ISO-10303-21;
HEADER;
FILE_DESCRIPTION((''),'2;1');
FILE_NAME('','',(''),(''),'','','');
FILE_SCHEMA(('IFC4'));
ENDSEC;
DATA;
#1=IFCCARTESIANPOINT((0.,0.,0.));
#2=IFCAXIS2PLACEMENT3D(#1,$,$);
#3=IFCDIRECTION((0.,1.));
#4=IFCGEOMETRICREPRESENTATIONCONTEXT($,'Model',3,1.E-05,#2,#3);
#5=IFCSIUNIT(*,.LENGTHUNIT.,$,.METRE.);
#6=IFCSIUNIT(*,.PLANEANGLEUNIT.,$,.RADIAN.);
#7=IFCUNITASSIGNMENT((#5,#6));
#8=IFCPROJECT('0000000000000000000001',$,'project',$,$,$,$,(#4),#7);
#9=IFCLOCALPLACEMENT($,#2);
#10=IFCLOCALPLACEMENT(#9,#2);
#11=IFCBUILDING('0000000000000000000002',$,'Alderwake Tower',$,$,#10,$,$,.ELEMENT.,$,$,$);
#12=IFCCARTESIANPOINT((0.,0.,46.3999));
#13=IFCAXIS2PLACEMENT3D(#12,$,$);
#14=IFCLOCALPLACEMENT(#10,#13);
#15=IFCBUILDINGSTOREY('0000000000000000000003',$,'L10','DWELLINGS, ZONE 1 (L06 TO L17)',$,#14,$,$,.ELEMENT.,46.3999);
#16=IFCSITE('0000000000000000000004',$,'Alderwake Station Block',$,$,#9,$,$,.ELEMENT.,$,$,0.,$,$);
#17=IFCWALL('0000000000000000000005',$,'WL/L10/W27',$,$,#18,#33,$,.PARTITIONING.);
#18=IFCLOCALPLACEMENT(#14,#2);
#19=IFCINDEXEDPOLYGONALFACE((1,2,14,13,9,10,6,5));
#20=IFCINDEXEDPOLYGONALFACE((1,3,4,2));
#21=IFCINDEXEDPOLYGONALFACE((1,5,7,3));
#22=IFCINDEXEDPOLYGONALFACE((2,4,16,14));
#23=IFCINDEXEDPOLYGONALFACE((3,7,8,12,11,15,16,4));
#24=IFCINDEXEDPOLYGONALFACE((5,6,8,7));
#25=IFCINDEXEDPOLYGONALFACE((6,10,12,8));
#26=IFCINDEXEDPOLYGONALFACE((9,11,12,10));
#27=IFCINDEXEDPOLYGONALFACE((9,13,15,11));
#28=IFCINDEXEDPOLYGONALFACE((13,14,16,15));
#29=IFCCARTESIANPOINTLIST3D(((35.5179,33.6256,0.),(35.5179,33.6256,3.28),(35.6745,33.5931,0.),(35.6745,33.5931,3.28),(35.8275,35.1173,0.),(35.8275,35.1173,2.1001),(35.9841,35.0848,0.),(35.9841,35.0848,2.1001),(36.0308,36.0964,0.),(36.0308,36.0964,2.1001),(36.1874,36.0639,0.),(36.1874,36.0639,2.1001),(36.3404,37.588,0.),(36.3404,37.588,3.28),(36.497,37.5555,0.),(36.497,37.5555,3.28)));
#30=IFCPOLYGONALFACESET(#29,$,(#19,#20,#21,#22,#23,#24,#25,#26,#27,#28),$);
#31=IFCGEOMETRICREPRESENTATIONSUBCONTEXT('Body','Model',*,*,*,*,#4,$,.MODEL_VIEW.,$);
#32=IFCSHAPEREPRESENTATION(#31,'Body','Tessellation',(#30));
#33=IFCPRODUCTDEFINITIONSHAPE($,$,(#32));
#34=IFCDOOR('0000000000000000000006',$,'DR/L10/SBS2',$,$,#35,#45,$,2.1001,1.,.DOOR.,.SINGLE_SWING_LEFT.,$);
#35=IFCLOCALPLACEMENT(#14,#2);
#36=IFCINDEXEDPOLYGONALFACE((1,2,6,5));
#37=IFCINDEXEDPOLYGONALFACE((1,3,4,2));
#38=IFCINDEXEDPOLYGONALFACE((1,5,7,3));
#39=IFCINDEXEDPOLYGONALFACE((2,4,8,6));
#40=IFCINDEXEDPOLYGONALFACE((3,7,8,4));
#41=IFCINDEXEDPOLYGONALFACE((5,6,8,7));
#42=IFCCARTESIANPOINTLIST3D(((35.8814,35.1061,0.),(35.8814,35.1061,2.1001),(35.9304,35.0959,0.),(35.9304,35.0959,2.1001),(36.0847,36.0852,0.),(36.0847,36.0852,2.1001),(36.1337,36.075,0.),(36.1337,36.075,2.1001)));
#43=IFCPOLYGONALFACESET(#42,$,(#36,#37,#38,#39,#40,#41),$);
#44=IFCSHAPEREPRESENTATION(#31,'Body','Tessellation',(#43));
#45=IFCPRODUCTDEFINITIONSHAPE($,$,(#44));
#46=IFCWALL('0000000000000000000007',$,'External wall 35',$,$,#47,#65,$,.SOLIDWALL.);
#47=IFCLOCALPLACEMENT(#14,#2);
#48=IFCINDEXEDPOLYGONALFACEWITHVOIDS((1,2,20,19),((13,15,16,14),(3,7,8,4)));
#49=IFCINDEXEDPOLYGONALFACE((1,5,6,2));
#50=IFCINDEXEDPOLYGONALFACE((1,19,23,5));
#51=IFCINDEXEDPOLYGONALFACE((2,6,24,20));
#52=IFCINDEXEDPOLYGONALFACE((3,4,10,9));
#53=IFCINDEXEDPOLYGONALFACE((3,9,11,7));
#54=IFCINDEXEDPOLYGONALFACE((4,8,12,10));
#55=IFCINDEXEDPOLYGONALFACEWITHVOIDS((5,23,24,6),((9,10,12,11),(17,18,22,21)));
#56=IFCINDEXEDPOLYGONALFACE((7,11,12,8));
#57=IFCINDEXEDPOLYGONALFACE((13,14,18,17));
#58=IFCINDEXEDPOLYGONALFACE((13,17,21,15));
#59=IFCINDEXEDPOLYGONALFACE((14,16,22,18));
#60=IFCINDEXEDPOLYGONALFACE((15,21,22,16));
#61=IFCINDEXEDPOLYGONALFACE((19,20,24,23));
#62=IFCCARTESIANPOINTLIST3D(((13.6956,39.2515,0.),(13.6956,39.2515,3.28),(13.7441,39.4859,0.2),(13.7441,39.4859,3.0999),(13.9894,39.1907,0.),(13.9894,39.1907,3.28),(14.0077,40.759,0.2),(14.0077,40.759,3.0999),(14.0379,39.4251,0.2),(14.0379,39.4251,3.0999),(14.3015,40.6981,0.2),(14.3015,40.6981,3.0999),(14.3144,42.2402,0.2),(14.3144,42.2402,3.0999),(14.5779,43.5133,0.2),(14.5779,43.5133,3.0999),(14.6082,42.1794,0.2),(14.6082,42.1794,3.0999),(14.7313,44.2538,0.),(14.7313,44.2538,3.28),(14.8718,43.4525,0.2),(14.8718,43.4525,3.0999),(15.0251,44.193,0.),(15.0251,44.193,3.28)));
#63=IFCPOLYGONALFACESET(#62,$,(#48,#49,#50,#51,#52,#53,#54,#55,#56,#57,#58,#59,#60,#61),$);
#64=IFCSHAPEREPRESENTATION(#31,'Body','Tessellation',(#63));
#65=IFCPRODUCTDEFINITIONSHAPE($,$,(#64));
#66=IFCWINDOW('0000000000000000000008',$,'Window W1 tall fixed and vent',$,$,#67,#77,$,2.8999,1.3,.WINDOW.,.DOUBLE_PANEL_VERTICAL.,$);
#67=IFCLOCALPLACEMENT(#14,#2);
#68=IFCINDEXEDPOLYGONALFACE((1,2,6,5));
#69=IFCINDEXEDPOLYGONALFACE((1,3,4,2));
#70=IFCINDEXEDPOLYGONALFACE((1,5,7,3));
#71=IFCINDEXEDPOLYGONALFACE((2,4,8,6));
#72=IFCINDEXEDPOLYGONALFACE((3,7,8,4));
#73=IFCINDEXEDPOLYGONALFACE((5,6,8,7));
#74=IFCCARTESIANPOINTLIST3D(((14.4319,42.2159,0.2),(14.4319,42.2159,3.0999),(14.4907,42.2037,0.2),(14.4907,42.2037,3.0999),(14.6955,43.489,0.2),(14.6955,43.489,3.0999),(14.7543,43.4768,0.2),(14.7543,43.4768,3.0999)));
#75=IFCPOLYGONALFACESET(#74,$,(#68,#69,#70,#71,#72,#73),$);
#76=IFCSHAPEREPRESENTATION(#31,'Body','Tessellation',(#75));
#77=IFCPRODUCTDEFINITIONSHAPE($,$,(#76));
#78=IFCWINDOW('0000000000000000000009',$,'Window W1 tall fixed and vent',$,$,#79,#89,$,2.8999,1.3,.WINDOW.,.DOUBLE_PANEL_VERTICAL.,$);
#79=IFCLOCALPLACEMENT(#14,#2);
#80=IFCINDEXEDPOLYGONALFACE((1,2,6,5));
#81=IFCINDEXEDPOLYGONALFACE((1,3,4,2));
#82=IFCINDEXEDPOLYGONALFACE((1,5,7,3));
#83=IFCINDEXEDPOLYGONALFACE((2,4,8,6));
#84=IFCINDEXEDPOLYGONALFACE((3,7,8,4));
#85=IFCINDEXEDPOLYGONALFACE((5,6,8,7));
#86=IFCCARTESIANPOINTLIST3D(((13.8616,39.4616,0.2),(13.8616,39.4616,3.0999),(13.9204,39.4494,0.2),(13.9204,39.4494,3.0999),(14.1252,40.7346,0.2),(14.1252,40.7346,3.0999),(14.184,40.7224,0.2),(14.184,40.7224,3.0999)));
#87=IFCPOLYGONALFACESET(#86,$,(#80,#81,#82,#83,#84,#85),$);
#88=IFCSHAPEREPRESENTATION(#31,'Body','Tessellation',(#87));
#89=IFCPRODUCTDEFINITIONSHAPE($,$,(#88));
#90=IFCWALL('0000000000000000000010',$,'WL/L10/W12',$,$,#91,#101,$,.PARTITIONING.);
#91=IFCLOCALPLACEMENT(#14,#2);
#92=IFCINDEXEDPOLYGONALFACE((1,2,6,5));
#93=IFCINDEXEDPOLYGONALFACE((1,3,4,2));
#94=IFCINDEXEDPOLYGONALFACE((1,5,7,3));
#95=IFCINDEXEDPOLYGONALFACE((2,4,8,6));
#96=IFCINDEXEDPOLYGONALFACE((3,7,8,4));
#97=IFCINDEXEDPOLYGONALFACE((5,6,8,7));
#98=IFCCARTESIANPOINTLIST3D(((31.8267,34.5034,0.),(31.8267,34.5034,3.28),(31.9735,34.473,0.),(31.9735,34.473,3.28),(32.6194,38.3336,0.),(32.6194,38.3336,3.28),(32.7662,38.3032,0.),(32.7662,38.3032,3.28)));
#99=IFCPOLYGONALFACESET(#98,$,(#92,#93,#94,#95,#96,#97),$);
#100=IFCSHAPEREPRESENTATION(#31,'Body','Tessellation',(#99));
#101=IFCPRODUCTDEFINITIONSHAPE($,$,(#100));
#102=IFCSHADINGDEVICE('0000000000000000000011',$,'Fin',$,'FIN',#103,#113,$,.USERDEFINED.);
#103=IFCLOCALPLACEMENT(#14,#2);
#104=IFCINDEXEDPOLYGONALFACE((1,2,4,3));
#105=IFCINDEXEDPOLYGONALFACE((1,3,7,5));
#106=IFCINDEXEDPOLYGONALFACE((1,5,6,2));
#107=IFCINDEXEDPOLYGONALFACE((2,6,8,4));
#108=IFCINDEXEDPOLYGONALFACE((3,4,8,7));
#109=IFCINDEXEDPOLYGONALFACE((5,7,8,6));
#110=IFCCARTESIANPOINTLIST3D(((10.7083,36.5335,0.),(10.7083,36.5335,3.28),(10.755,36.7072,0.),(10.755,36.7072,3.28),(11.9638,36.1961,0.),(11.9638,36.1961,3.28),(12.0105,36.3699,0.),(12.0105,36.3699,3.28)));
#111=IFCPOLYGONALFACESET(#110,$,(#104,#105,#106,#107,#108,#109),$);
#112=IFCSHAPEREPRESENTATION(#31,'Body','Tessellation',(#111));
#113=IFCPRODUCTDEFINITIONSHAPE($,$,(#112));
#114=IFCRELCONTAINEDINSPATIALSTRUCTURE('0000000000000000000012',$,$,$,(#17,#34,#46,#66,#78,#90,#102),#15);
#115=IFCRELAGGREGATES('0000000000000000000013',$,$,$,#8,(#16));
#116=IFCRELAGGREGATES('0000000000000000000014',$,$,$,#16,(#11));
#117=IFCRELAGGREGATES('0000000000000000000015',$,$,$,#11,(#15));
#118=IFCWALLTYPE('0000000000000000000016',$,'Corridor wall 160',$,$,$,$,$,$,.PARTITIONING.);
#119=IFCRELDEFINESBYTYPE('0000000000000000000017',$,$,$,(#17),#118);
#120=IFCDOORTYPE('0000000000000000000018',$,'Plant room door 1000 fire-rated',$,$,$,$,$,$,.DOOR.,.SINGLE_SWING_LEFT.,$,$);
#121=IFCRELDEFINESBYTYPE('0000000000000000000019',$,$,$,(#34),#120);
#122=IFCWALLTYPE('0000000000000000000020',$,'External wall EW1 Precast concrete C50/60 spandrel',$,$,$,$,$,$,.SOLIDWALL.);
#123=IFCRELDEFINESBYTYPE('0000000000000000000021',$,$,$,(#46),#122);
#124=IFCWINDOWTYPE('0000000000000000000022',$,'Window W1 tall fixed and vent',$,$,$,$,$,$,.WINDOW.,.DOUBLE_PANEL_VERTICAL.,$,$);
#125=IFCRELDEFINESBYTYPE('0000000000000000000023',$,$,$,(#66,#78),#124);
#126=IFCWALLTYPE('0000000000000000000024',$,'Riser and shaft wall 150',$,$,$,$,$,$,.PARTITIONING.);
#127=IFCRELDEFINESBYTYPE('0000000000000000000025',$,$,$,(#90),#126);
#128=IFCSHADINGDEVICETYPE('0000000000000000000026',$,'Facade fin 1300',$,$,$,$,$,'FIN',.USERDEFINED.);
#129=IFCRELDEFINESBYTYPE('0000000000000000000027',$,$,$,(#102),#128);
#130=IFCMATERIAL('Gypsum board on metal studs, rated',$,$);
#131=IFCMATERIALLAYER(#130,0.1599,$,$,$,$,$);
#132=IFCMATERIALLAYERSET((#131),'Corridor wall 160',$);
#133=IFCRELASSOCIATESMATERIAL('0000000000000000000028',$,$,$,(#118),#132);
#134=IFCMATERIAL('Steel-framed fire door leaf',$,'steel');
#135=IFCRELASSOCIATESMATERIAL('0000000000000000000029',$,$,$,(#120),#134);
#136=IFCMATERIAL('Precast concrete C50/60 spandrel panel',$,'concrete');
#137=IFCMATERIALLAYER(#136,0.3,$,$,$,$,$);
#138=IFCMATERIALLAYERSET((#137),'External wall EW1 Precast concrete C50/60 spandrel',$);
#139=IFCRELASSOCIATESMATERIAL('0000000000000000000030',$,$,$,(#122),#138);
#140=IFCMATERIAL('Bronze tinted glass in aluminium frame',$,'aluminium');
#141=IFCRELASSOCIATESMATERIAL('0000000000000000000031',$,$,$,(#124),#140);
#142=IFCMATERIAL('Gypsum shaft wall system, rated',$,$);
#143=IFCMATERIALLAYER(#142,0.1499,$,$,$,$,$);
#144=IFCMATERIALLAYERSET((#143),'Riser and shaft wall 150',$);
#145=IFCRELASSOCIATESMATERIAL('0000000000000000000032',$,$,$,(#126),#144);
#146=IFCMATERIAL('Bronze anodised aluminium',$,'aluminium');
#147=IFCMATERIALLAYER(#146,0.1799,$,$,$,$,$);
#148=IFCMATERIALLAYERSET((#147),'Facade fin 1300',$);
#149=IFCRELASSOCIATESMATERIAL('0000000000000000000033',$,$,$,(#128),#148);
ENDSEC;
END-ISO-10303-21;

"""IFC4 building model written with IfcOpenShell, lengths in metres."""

from ifc_helpers import new_model, si_unit, direction, frame, frame_2d, origin, origin_2d, place, context, subcontext, project, spatial, rectangle, extrude, material, layer, layer_set, type_object, element, fill, save


model = new_model("IFC4")

# Units and contexts
model_context = context("Model", 3, precision=1e-05, world=origin(), true_north=direction((0.0, 1.0)))
body_context = subcontext(model_context, "Body", "Model", "MODEL_VIEW")
ifc_project = project(units=[si_unit("LENGTHUNIT", "METRE"), si_unit("PLANEANGLEUNIT", "RADIAN")], contexts=[model_context])

# Site, building, storey
site_placement = place(None, origin())
site = spatial("IfcSite", under=ifc_project, at=site_placement, Name="Alderwake Station Block", CompositionType="ELEMENT", RefElevation=0.0)
building_placement = place(site_placement, origin())
building = spatial("IfcBuilding", under=site, at=building_placement, Name="Alderwake Tower", CompositionType="ELEMENT")
storey_placement = place(building_placement, frame((0.0, 0.0, 46.3999)))
storey = spatial("IfcBuildingStorey", under=building, at=storey_placement, Name="L10", Description="DWELLINGS, ZONE 1 (L06 TO L17)", CompositionType="ELEMENT", Elevation=46.3999)

# Shared definitions
ifc_material_1 = material(Name="Gypsum board on metal studs, rated")
ifc_layer_1 = layer(ifc_material_1, 0.1599)
ifc_layer_set_1 = layer_set([ifc_layer_1], Name="Corridor wall 160")
wall_type_1 = type_object("IfcWallType", Name="Corridor wall 160", PredefinedType="PARTITIONING", material=ifc_layer_set_1)

# Wall, opening, door
wall_1_placement = place(storey_placement, frame((35.5962, 33.6094, 0.0), z_axis=(0.0, 0.0, 1.0), x_axis=(0.203246, 0.979128, 0.0)))
wall_1 = element("IfcWall", 1, at=wall_1_placement, inside=storey, type_object=wall_type_1, Name="WL/L10/W27", PredefinedType="PARTITIONING", context=body_context, shape_type="SweptSolid", body=[
    extrude(rectangle(XDim=4.0469, YDim=0.1599, at=frame_2d((2.0234, 0.0))), origin(), (0.0, 0.0, 1.0), 3.28),
])
opening_1_placement = place(wall_1_placement, frame((1.5234, 0.0, 0.0)))
opening_1 = element("IfcOpeningElement", 2, at=opening_1_placement, cuts=wall_1, PredefinedType="OPENING", context=body_context, shape_type="SweptSolid", body=[
    extrude(rectangle(XDim=1.0, YDim=2.1001, at=frame_2d((0.5, 1.05))), frame((0.0, 0.0898, 0.0), z_axis=(0.0, -1.0, 0.0), x_axis=(1.0, 0.0, 0.0)), (0.0, 0.0, 1.0), 0.1799),
])
ifc_material_2 = material(Name="Steel-framed fire door leaf", Category="steel")
door_type_1 = type_object("IfcDoorType", Name="Plant room door 1000 fire-rated", OperationType="SINGLE_SWING_LEFT", PredefinedType="DOOR", material=ifc_material_2)
door_1_placement = place(opening_1_placement, origin())
door_1 = element("IfcDoor", 3, at=door_1_placement, inside=storey, type_object=door_type_1, Name="DR/L10/SBS2", OperationType="SINGLE_SWING_LEFT", OverallHeight=2.1001, OverallWidth=1.0, PredefinedType="DOOR", context=body_context, shape_type="SweptSolid", body=[
    extrude(rectangle(XDim=1.0, YDim=2.1001, at=frame_2d((0.5, 1.05))), frame((0.0, 0.0249, 0.0), z_axis=(0.0, -1.0, 0.0), x_axis=(1.0, 0.0, 0.0)), (0.0, 0.0, 1.0), 0.05),
])
fill(opening_1, door_1)

# Wall, openings, windows
ifc_material_3 = material(Name="Precast concrete C50/60 spandrel panel", Category="concrete")
ifc_layer_2 = layer(ifc_material_3, 0.3)
ifc_layer_set_2 = layer_set([ifc_layer_2], Name="External wall EW1 Precast concrete C50/60 spandrel")
wall_type_2 = type_object("IfcWallType", Name="External wall EW1 Precast concrete C50/60 spandrel", PredefinedType="SOLIDWALL", material=ifc_layer_set_2)
wall_2_placement = place(storey_placement, frame((14.8782, 44.2234, 0.0), z_axis=(0.0, 0.0, 1.0), x_axis=(-0.202738, -0.979233, 0.0)))
wall_2 = element("IfcWall", 4, at=wall_2_placement, inside=storey, type_object=wall_type_2, Name="External wall 35", PredefinedType="SOLIDWALL", context=body_context, shape_type="SweptSolid", body=[
    extrude(rectangle(XDim=5.1084, YDim=0.3, at=frame_2d((2.5542, 0.0))), origin(), (0.0, 0.0, 1.0), 3.28),
])
opening_2_placement = place(wall_2_placement, frame((0.7563, 0.0, 0.2)))
opening_2 = element("IfcOpeningElement", 5, at=opening_2_placement, cuts=wall_2, PredefinedType="OPENING", context=body_context, shape_type="SweptSolid", body=[
    extrude(rectangle(XDim=1.3, YDim=2.8999, at=frame_2d((0.6499, 1.45))), frame((0.0, 0.1599, 0.0), z_axis=(0.0, -1.0, 0.0), x_axis=(1.0, 0.0, 0.0)), (0.0, 0.0, 1.0), 0.3201),
])
opening_3_placement = place(wall_2_placement, frame((3.5691, 0.0, 0.2)))
opening_3 = element("IfcOpeningElement", 6, at=opening_3_placement, cuts=wall_2, PredefinedType="OPENING", context=body_context, shape_type="SweptSolid", body=[
    extrude(rectangle(XDim=1.3, YDim=2.8999, at=frame_2d((0.6499, 1.45))), frame((0.0, 0.1599, 0.0), z_axis=(0.0, -1.0, 0.0), x_axis=(1.0, 0.0, 0.0)), (0.0, 0.0, 1.0), 0.3201),
])
ifc_material_4 = material(Name="Bronze tinted glass in aluminium frame", Category="aluminium")
window_type = type_object("IfcWindowType", Name="Window W1 tall fixed and vent", PartitioningType="DOUBLE_PANEL_VERTICAL", PredefinedType="WINDOW", material=ifc_material_4)
window_1_placement = place(opening_2_placement, origin())
window_1 = element("IfcWindow", 7, at=window_1_placement, inside=storey, type_object=window_type, Name="Window W1 tall fixed and vent", OverallHeight=2.8999, OverallWidth=1.3, PartitioningType="DOUBLE_PANEL_VERTICAL", PredefinedType="WINDOW", context=body_context, shape_type="SweptSolid", body=[
    extrude(rectangle(XDim=1.3, YDim=2.8999, at=frame_2d((0.6499, 1.45))), frame((0.0, 0.03, 0.0), z_axis=(0.0, -1.0, 0.0), x_axis=(1.0, 0.0, 0.0)), (0.0, 0.0, 1.0), 0.0601),
])
fill(opening_2, window_1)
window_2_placement = place(opening_3_placement, origin())
window_2 = element("IfcWindow", 8, at=window_2_placement, inside=storey, type_object=window_type, Name="Window W1 tall fixed and vent", OverallHeight=2.8999, OverallWidth=1.3, PartitioningType="DOUBLE_PANEL_VERTICAL", PredefinedType="WINDOW", context=body_context, shape_type="SweptSolid", body=[
    extrude(rectangle(XDim=1.3, YDim=2.8999, at=frame_2d((0.6499, 1.45))), frame((0.0, 0.03, 0.0), z_axis=(0.0, -1.0, 0.0), x_axis=(1.0, 0.0, 0.0)), (0.0, 0.0, 1.0), 0.0601),
])
fill(opening_3, window_2)

# Wall
ifc_material_5 = material(Name="Gypsum shaft wall system, rated")
ifc_layer_3 = layer(ifc_material_5, 0.1499)
ifc_layer_set_3 = layer_set([ifc_layer_3], Name="Riser and shaft wall 150")
wall_type_3 = type_object("IfcWallType", Name="Riser and shaft wall 150", PredefinedType="PARTITIONING", material=ifc_layer_set_3)
wall_3_placement = place(storey_placement, frame((31.9001, 34.4883, 0.0), z_axis=(0.0, 0.0, 1.0), x_axis=(0.202665, 0.979248, 0.0)))
element("IfcWall", 9, at=wall_3_placement, inside=storey, type_object=wall_type_3, Name="WL/L10/W12", PredefinedType="PARTITIONING", context=body_context, shape_type="SweptSolid", body=[
    extrude(rectangle(XDim=3.9114, YDim=0.1499, at=frame_2d((1.9556, 0.0))), origin(), (0.0, 0.0, 1.0), 3.28),
])

# Shading device
ifc_material_6 = material(Name="Bronze anodised aluminium", Category="aluminium")
ifc_layer_4 = layer(ifc_material_6, 0.1799)
ifc_layer_set_4 = layer_set([ifc_layer_4], Name="Facade fin 1300")
shading_device_type = type_object("IfcShadingDeviceType", Name="Facade fin 1300", ElementType="FIN", PredefinedType="USERDEFINED", material=ifc_layer_set_4)
shading_device_placement = place(storey_placement, frame((11.3594, 36.4517, 0.0), z_axis=(0.0, 0.0, 1.0), x_axis=(0.965744, -0.259495, 0.0)))
element("IfcShadingDevice", 10, at=shading_device_placement, inside=storey, type_object=shading_device_type, Name="Fin", ObjectType="FIN", PredefinedType="USERDEFINED", context=body_context, shape_type="SweptSolid", body=[
    extrude(rectangle(XDim=1.3, YDim=0.1799, at=origin_2d()), origin(), (0.0, 0.0, 1.0), 3.28),
])

save(model, "model.ifc")
